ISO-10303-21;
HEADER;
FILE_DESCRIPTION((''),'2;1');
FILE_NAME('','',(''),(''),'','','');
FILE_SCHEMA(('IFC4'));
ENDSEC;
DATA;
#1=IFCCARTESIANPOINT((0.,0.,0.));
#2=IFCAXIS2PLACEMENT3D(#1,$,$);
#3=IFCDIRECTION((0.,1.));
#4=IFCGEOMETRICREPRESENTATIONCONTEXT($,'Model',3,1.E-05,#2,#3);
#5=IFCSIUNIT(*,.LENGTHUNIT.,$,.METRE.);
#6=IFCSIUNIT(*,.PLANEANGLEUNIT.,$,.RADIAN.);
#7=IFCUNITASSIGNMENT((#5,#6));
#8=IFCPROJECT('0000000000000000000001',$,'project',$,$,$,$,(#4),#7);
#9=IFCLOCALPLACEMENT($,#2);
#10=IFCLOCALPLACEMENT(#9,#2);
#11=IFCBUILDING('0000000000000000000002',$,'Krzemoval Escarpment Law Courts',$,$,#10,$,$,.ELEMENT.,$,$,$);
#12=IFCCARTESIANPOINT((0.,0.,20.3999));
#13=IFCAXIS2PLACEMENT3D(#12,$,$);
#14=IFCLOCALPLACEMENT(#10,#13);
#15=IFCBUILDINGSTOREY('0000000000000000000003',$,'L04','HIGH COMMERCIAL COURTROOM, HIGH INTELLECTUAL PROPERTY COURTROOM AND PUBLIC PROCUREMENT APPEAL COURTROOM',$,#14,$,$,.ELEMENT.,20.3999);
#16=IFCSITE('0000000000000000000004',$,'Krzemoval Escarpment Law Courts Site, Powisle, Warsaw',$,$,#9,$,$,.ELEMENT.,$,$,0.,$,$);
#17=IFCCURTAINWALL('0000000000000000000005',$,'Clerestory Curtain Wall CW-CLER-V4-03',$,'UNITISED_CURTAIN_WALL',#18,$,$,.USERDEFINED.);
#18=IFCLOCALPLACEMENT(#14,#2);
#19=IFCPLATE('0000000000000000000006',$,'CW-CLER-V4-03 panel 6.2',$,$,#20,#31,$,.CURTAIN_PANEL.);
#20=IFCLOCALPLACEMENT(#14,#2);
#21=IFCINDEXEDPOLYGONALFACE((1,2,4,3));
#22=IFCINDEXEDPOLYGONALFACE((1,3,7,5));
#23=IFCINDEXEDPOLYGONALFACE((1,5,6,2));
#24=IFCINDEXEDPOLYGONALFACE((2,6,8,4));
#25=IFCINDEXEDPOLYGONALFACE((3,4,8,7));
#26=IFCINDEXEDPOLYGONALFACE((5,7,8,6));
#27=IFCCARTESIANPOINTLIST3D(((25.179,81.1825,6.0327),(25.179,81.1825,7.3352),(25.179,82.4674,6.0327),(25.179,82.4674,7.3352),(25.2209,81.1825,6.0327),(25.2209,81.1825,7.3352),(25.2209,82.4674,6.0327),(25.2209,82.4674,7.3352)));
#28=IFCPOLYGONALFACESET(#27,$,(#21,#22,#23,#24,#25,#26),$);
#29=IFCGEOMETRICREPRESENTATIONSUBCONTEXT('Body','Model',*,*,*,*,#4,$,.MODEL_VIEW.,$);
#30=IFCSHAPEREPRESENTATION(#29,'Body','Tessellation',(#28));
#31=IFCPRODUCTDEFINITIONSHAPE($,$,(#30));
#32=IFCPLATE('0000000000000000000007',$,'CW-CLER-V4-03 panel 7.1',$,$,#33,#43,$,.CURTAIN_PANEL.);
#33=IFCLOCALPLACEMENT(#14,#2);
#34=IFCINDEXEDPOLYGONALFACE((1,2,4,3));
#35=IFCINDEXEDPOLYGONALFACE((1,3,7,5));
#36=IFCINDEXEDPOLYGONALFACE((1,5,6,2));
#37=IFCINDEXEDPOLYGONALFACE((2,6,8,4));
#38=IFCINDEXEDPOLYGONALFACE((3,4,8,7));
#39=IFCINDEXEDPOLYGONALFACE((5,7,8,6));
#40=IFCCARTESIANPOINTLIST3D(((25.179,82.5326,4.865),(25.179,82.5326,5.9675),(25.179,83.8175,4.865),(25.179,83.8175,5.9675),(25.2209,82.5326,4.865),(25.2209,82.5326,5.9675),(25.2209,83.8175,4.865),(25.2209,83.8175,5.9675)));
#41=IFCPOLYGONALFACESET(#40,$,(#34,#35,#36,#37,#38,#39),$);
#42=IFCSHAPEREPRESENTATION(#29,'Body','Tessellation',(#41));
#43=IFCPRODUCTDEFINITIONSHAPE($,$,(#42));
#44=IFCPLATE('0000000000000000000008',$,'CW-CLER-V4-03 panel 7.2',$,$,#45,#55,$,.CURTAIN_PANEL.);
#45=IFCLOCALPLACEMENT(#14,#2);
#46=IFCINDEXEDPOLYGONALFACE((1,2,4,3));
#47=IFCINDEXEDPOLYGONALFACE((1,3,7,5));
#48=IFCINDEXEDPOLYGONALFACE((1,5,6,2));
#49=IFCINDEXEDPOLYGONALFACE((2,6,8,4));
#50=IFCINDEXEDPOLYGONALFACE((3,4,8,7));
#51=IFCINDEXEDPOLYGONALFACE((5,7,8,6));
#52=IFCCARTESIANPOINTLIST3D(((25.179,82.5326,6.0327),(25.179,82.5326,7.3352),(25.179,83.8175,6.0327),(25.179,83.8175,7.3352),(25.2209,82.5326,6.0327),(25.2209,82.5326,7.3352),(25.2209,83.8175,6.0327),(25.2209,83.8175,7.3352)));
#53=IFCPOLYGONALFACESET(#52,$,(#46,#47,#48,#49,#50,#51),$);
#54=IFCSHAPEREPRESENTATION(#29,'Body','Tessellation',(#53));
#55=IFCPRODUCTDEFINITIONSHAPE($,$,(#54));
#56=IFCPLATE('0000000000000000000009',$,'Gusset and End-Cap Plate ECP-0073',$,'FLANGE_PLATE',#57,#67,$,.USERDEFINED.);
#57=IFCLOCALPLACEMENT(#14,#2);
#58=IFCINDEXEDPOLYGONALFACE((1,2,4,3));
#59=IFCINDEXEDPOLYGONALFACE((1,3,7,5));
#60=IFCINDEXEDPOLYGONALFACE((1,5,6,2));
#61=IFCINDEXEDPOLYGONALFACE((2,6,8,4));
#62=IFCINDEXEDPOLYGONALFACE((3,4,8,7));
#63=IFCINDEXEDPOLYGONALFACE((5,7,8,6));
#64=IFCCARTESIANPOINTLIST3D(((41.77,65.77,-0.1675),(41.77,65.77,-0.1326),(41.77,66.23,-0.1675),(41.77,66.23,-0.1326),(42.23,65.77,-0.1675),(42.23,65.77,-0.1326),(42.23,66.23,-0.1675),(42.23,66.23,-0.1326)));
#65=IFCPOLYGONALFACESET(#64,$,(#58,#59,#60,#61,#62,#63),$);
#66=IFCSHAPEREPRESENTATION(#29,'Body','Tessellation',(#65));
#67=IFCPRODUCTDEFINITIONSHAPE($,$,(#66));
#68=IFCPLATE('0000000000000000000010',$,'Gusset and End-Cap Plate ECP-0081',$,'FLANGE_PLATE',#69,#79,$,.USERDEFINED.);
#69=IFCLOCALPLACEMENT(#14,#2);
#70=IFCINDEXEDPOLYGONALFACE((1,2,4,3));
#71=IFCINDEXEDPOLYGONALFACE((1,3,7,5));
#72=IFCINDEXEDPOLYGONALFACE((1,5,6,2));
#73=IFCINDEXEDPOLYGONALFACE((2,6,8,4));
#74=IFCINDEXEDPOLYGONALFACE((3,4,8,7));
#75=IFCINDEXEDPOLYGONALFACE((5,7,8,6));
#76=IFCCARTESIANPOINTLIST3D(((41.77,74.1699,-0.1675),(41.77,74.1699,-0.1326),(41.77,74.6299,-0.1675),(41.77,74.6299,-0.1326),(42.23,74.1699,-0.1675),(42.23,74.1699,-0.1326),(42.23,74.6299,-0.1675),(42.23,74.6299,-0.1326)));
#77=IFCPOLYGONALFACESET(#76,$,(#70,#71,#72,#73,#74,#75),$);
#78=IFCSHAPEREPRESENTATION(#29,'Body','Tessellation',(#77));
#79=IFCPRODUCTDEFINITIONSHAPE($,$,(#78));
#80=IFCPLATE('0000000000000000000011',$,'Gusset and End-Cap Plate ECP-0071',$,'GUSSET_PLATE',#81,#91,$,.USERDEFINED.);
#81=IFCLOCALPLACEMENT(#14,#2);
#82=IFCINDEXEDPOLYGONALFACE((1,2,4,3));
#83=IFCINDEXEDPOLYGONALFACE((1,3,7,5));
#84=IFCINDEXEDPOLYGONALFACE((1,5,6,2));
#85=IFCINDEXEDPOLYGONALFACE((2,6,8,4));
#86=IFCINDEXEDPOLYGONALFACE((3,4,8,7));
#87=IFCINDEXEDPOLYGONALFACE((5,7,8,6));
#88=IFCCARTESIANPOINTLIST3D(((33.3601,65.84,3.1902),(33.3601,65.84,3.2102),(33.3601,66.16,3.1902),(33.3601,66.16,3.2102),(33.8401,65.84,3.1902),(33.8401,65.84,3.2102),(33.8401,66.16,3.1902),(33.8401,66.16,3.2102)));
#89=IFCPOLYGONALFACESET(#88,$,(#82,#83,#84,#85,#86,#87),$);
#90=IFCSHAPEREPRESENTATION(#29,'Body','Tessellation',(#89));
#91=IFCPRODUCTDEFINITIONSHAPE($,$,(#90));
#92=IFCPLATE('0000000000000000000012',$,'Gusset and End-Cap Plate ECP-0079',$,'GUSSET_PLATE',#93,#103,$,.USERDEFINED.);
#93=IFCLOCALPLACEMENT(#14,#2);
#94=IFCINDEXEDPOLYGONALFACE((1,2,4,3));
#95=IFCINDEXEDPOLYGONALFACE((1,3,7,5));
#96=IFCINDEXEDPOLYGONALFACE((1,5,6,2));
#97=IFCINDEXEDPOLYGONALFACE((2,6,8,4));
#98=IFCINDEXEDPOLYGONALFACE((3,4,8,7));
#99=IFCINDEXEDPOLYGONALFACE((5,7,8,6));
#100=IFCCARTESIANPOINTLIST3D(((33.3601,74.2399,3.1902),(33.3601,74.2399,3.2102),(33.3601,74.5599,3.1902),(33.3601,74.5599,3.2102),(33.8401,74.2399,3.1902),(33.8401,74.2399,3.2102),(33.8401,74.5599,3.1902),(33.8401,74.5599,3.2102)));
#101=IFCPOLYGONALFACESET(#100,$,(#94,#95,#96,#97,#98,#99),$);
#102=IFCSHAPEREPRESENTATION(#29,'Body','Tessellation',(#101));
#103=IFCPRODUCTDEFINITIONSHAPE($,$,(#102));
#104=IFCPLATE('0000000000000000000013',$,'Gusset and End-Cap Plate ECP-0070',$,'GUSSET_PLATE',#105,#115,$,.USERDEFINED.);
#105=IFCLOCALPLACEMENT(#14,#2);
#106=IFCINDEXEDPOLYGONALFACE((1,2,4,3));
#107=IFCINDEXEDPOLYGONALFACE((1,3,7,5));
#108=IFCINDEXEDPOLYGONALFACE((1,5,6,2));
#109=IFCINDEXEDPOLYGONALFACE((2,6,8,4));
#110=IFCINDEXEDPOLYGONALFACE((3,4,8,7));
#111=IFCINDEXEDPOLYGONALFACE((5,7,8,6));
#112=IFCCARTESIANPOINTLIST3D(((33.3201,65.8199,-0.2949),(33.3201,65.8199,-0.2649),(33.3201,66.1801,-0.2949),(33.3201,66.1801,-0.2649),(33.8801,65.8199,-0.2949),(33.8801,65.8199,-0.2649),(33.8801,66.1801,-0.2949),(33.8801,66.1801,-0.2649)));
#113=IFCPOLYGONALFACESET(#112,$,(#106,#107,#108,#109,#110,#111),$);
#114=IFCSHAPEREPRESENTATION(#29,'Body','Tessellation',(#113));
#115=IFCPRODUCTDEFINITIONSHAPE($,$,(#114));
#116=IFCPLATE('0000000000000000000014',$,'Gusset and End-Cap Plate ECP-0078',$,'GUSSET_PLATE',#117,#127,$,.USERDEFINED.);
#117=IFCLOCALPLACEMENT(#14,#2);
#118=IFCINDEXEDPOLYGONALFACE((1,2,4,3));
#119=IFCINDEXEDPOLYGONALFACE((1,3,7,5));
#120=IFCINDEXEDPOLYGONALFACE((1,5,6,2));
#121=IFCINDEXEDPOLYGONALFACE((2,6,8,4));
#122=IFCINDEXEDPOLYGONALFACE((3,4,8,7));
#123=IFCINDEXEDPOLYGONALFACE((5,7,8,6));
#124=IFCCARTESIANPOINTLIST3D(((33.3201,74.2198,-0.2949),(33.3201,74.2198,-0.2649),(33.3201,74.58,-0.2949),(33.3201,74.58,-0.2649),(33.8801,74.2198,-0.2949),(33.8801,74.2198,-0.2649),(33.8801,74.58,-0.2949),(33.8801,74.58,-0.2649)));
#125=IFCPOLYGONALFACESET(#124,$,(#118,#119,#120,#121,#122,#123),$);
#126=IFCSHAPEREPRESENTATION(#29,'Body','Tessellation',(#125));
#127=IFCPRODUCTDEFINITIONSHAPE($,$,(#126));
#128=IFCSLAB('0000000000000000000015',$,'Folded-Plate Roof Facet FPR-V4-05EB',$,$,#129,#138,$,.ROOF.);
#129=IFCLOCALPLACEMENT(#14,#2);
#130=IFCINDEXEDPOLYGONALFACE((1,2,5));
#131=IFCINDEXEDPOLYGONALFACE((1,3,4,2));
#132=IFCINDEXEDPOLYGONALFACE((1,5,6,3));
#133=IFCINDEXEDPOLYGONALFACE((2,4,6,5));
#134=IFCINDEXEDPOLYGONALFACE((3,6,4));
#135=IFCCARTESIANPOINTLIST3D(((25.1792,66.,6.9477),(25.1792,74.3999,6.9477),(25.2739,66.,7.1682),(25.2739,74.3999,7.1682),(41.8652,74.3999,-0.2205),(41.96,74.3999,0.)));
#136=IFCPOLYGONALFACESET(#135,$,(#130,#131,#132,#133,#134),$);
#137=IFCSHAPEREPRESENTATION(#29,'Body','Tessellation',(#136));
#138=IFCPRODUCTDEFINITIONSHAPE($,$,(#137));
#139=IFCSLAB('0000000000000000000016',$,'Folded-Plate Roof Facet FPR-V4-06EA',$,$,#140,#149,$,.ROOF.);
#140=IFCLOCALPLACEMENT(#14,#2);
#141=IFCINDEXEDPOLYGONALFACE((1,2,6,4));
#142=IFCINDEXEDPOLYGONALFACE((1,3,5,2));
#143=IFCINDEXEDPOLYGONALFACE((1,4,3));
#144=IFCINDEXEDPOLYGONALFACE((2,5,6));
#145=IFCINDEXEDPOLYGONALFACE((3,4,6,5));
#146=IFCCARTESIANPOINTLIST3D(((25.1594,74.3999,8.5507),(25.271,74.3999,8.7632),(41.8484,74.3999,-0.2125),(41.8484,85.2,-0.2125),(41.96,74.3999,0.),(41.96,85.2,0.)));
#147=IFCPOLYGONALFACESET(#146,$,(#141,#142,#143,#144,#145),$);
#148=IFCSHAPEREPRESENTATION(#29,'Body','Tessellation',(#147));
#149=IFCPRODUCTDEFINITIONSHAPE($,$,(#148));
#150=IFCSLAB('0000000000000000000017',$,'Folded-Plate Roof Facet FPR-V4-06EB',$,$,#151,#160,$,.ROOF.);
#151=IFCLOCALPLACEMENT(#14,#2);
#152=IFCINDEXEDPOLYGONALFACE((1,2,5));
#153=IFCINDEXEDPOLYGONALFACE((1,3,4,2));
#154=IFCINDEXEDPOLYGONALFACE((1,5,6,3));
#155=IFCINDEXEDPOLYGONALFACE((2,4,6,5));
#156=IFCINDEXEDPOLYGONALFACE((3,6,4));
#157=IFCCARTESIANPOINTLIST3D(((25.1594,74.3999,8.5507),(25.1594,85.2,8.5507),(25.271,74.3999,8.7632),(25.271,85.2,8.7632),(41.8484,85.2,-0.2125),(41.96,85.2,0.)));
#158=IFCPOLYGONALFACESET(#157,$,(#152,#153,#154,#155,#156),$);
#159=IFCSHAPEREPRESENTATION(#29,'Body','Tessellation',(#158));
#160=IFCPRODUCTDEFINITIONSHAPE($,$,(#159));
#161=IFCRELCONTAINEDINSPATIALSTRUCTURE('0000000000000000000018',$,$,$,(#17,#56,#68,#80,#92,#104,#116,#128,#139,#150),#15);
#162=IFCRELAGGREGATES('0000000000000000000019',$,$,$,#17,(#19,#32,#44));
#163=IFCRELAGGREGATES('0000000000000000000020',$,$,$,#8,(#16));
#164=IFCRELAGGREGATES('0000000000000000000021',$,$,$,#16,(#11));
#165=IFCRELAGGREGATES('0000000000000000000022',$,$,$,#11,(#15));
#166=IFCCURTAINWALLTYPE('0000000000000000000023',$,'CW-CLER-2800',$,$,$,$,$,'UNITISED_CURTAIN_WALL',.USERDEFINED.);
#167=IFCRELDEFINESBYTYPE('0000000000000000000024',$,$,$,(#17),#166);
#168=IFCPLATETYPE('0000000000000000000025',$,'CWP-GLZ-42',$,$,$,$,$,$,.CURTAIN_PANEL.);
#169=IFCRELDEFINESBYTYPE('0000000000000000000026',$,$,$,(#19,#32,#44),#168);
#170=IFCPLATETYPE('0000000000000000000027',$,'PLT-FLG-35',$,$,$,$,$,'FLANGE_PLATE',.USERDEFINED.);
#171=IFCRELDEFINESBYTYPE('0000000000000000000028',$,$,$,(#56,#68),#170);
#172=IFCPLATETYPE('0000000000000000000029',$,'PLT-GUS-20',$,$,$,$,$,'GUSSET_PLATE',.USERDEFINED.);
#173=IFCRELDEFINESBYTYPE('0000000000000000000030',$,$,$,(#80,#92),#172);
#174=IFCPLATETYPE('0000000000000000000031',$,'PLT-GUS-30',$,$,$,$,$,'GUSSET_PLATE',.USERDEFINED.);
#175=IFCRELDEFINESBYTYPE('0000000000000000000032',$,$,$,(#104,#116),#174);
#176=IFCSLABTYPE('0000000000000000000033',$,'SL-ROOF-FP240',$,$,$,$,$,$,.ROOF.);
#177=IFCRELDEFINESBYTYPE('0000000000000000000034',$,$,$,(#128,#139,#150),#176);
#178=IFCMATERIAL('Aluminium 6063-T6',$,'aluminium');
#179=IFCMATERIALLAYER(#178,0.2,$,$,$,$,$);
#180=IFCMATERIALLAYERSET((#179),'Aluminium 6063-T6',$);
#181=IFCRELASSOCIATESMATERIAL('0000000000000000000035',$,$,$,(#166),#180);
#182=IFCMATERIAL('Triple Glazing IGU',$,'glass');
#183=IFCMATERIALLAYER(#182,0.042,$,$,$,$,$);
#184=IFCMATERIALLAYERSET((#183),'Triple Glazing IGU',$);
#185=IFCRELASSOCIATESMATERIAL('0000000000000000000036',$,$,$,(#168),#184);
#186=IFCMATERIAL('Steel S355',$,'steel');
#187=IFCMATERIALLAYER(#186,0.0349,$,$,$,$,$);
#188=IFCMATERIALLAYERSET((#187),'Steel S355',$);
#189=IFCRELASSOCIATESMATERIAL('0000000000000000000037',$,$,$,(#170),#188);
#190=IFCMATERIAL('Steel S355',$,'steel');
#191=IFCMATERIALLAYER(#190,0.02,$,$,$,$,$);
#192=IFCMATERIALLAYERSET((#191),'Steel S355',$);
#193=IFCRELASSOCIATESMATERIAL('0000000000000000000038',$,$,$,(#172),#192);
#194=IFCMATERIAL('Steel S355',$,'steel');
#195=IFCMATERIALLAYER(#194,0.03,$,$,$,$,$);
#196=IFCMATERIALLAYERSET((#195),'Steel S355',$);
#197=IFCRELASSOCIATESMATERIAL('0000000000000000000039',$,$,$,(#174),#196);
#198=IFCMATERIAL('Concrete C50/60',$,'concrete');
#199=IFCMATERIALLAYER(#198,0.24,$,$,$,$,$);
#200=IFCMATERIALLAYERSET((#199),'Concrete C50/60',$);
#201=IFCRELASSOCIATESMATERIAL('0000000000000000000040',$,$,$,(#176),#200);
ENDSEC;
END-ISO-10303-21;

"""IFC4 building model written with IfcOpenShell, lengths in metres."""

from ifc_helpers import new_model, si_unit, direction, frame, origin, origin_2d, place, context, subcontext, project, spatial, polyline, rectangle, outline, extrude, material, layer, layer_set, type_object, element, aggregate, save


model = new_model("IFC4")

# Units and contexts
model_context = context("Model", 3, precision=1e-05, world=origin(), true_north=direction((0.0, 1.0)))
body_context = subcontext(model_context, "Body", "Model", "MODEL_VIEW")
ifc_project = project(units=[si_unit("LENGTHUNIT", "METRE"), si_unit("PLANEANGLEUNIT", "RADIAN")], contexts=[model_context])

# Site, building, storey
site_placement = place(None, origin())
site = spatial("IfcSite", under=ifc_project, at=site_placement, Name="Krzemoval Escarpment Law Courts Site, Powisle, Warsaw", CompositionType="ELEMENT", RefElevation=0.0)
building_placement = place(site_placement, origin())
building = spatial("IfcBuilding", under=site, at=building_placement, Name="Krzemoval Escarpment Law Courts", CompositionType="ELEMENT")
storey_placement = place(building_placement, frame((0.0, 0.0, 20.3999)))
storey = spatial("IfcBuildingStorey", under=building, at=storey_placement, Name="L04", Description="HIGH COMMERCIAL COURTROOM, HIGH INTELLECTUAL PROPERTY COURTROOM AND PUBLIC PROCUREMENT APPEAL COURTROOM", CompositionType="ELEMENT", Elevation=20.3999)

# Curtain wall
ifc_material_1 = material(Name="Aluminium 6063-T6", Category="aluminium")
ifc_layer_1 = layer(ifc_material_1, 0.2)
ifc_layer_set_1 = layer_set([ifc_layer_1], Name="Aluminium 6063-T6")
curtain_wall_type = type_object("IfcCurtainWallType", Name="CW-CLER-2800", ElementType="UNITISED_CURTAIN_WALL", PredefinedType="USERDEFINED", material=ifc_layer_set_1)
curtain_wall_placement = place(storey_placement, origin())
curtain_wall = element("IfcCurtainWall", 1, at=curtain_wall_placement, inside=storey, type_object=curtain_wall_type, Name="Clerestory Curtain Wall CW-CLER-V4-03", ObjectType="UNITISED_CURTAIN_WALL", PredefinedType="USERDEFINED")

# Plates
ifc_material_2 = material(Name="Triple Glazing IGU", Category="glass")
ifc_layer_2 = layer(ifc_material_2, 0.042)
ifc_layer_set_2 = layer_set([ifc_layer_2], Name="Triple Glazing IGU")
plate_type_1 = type_object("IfcPlateType", Name="CWP-GLZ-42", PredefinedType="CURTAIN_PANEL", material=ifc_layer_set_2)
plate_1_placement = place(storey_placement, frame((25.2, 81.825, 6.0327), z_axis=(0.0, 0.0, 1.0), x_axis=(0.0, 1.0, 0.0)))
plate_1 = element("IfcPlate", 2, at=plate_1_placement, type_object=plate_type_1, Name="CW-CLER-V4-03 panel 6.2", PredefinedType="CURTAIN_PANEL", context=body_context, shape_type="SweptSolid", body=[
    extrude(rectangle(XDim=1.2849, YDim=0.042, at=origin_2d()), origin(), (0.0, 0.0, 1.0), 1.3025),
])
plate_2_placement = place(storey_placement, frame((25.2, 83.175, 4.865), z_axis=(0.0, 0.0, 1.0), x_axis=(0.0, 1.0, 0.0)))
plate_2 = element("IfcPlate", 3, at=plate_2_placement, type_object=plate_type_1, Name="CW-CLER-V4-03 panel 7.1", PredefinedType="CURTAIN_PANEL", context=body_context, shape_type="SweptSolid", body=[
    extrude(rectangle(XDim=1.2849, YDim=0.042, at=origin_2d()), origin(), (0.0, 0.0, 1.0), 1.1025),
])
plate_3_placement = place(storey_placement, frame((25.2, 83.175, 6.0327), z_axis=(0.0, 0.0, 1.0), x_axis=(0.0, 1.0, 0.0)))
plate_3 = element("IfcPlate", 4, at=plate_3_placement, type_object=plate_type_1, Name="CW-CLER-V4-03 panel 7.2", PredefinedType="CURTAIN_PANEL", context=body_context, shape_type="SweptSolid", body=[
    extrude(rectangle(XDim=1.2849, YDim=0.042, at=origin_2d()), origin(), (0.0, 0.0, 1.0), 1.3025),
])
aggregate(curtain_wall, [plate_1, plate_2, plate_3])

# Plates
ifc_material_3 = material(Name="Steel S355", Category="steel")
ifc_layer_3 = layer(ifc_material_3, 0.0349)
ifc_layer_set_3 = layer_set([ifc_layer_3], Name="Steel S355")
plate_type_2 = type_object("IfcPlateType", Name="PLT-FLG-35", ElementType="FLANGE_PLATE", PredefinedType="USERDEFINED", material=ifc_layer_set_3)
for number, where, z_axis, x_axis, name in (
    (5, (42.0, 66.0, -0.1675), (0.0, 0.0, 1.0), (1.0, 0.0, 0.0), "Gusset and End-Cap Plate ECP-0073"),
    (6, (42.0, 74.3999, -0.1675), (0.0, 0.0, 1.0), (1.0, 0.0, 0.0), "Gusset and End-Cap Plate ECP-0081"),
):
    element("IfcPlate", number, at=place(storey_placement, frame(where, z_axis=z_axis, x_axis=x_axis)), inside=storey, type_object=plate_type_2, Name=name, ObjectType="FLANGE_PLATE", PredefinedType="USERDEFINED", context=body_context, shape_type="SweptSolid", body=[
        extrude(rectangle(XDim=0.46, YDim=0.46, at=origin_2d()), origin(), (0.0, 0.0, 1.0), 0.0349),
    ])
ifc_material_4 = material(Name="Steel S355", Category="steel")
ifc_layer_4 = layer(ifc_material_4, 0.02)
ifc_layer_set_4 = layer_set([ifc_layer_4], Name="Steel S355")
plate_type_3 = type_object("IfcPlateType", Name="PLT-GUS-20", ElementType="GUSSET_PLATE", PredefinedType="USERDEFINED", material=ifc_layer_set_4)
for number, where, z_axis, x_axis, name in (
    (7, (33.6001, 66.0, 3.1902), (0.0, 0.0, 1.0), (1.0, 0.0, 0.0), "Gusset and End-Cap Plate ECP-0071"),
    (8, (33.6001, 74.3999, 3.1902), (0.0, 0.0, 1.0), (1.0, 0.0, 0.0), "Gusset and End-Cap Plate ECP-0079"),
):
    element("IfcPlate", number, at=place(storey_placement, frame(where, z_axis=z_axis, x_axis=x_axis)), inside=storey, type_object=plate_type_3, Name=name, ObjectType="GUSSET_PLATE", PredefinedType="USERDEFINED", context=body_context, shape_type="SweptSolid", body=[
        extrude(rectangle(XDim=0.48, YDim=0.3201, at=origin_2d()), origin(), (0.0, 0.0, 1.0), 0.02),
    ])
ifc_material_5 = material(Name="Steel S355", Category="steel")
ifc_layer_5 = layer(ifc_material_5, 0.03)
ifc_layer_set_5 = layer_set([ifc_layer_5], Name="Steel S355")
plate_type_4 = type_object("IfcPlateType", Name="PLT-GUS-30", ElementType="GUSSET_PLATE", PredefinedType="USERDEFINED", material=ifc_layer_set_5)
for number, where, z_axis, x_axis, name in (
    (9, (33.6001, 66.0, -0.2949), (0.0, 0.0, 1.0), (1.0, 0.0, 0.0), "Gusset and End-Cap Plate ECP-0070"),
    (10, (33.6001, 74.3999, -0.2949), (0.0, 0.0, 1.0), (1.0, 0.0, 0.0), "Gusset and End-Cap Plate ECP-0078"),
):
    element("IfcPlate", number, at=place(storey_placement, frame(where, z_axis=z_axis, x_axis=x_axis)), inside=storey, type_object=plate_type_4, Name=name, ObjectType="GUSSET_PLATE", PredefinedType="USERDEFINED", context=body_context, shape_type="SweptSolid", body=[
        extrude(rectangle(XDim=0.5601, YDim=0.3601, at=origin_2d()), origin(), (0.0, 0.0, 1.0), 0.03),
    ])

# Slabs
ifc_material_6 = material(Name="Concrete C50/60", Category="concrete")
ifc_layer_6 = layer(ifc_material_6, 0.24)
ifc_layer_set_6 = layer_set([ifc_layer_6], Name="Concrete C50/60")
slab_type = type_object("IfcSlabType", Name="SL-ROOF-FP240", PredefinedType="ROOF", material=ifc_layer_set_6)
slab_1_placement = place(storey_placement, frame((25.2739, 66.0, 7.1682), z_axis=(0.394713, 0.0, 0.918805), x_axis=(0.833921, 0.419803, -0.358247)))
element("IfcSlab", 11, at=slab_1_placement, inside=storey, type_object=slab_type, Name="Folded-Plate Roof Facet FPR-V4-05EB", PredefinedType="ROOF", context=body_context, shape_type="SweptSolid", body=[
    extrude(outline(polyline([(0.0, 0.0), (20.0091, 0.0), (3.5263, 7.6239), (0.0, 0.0)])), origin(), (0.0, 0.0, -1.0), 0.24),
])
slab_2_placement = place(storey_placement, frame((25.271, 74.3999, 8.7632), z_axis=(0.464895, 0.0, 0.885366), x_axis=(0.885366, 0.0, -0.464895)))
element("IfcSlab", 12, at=slab_2_placement, inside=storey, type_object=slab_type, Name="Folded-Plate Roof Facet FPR-V4-06EA", PredefinedType="ROOF", context=body_context, shape_type="SweptSolid", body=[
    extrude(outline(polyline([(0.0, 0.0), (18.8498, 0.0), (18.8498, 10.8), (0.0, 0.0)])), origin(), (0.0, 0.0, -1.0), 0.24),
])
slab_3_placement = place(storey_placement, frame((25.271, 74.3999, 8.7632), z_axis=(0.464895, 0.0, 0.885366), x_axis=(0.768208, 0.497136, -0.403377)))
element("IfcSlab", 13, at=slab_3_placement, inside=storey, type_object=slab_type, Name="Folded-Plate Roof Facet FPR-V4-06EB", PredefinedType="ROOF", context=body_context, shape_type="SweptSolid", body=[
    extrude(outline(polyline([(0.0, 0.0), (21.7245, 0.0), (5.3691, 9.3709), (0.0, 0.0)])), origin(), (0.0, 0.0, -1.0), 0.24),
])

save(model, "model.ifc")
